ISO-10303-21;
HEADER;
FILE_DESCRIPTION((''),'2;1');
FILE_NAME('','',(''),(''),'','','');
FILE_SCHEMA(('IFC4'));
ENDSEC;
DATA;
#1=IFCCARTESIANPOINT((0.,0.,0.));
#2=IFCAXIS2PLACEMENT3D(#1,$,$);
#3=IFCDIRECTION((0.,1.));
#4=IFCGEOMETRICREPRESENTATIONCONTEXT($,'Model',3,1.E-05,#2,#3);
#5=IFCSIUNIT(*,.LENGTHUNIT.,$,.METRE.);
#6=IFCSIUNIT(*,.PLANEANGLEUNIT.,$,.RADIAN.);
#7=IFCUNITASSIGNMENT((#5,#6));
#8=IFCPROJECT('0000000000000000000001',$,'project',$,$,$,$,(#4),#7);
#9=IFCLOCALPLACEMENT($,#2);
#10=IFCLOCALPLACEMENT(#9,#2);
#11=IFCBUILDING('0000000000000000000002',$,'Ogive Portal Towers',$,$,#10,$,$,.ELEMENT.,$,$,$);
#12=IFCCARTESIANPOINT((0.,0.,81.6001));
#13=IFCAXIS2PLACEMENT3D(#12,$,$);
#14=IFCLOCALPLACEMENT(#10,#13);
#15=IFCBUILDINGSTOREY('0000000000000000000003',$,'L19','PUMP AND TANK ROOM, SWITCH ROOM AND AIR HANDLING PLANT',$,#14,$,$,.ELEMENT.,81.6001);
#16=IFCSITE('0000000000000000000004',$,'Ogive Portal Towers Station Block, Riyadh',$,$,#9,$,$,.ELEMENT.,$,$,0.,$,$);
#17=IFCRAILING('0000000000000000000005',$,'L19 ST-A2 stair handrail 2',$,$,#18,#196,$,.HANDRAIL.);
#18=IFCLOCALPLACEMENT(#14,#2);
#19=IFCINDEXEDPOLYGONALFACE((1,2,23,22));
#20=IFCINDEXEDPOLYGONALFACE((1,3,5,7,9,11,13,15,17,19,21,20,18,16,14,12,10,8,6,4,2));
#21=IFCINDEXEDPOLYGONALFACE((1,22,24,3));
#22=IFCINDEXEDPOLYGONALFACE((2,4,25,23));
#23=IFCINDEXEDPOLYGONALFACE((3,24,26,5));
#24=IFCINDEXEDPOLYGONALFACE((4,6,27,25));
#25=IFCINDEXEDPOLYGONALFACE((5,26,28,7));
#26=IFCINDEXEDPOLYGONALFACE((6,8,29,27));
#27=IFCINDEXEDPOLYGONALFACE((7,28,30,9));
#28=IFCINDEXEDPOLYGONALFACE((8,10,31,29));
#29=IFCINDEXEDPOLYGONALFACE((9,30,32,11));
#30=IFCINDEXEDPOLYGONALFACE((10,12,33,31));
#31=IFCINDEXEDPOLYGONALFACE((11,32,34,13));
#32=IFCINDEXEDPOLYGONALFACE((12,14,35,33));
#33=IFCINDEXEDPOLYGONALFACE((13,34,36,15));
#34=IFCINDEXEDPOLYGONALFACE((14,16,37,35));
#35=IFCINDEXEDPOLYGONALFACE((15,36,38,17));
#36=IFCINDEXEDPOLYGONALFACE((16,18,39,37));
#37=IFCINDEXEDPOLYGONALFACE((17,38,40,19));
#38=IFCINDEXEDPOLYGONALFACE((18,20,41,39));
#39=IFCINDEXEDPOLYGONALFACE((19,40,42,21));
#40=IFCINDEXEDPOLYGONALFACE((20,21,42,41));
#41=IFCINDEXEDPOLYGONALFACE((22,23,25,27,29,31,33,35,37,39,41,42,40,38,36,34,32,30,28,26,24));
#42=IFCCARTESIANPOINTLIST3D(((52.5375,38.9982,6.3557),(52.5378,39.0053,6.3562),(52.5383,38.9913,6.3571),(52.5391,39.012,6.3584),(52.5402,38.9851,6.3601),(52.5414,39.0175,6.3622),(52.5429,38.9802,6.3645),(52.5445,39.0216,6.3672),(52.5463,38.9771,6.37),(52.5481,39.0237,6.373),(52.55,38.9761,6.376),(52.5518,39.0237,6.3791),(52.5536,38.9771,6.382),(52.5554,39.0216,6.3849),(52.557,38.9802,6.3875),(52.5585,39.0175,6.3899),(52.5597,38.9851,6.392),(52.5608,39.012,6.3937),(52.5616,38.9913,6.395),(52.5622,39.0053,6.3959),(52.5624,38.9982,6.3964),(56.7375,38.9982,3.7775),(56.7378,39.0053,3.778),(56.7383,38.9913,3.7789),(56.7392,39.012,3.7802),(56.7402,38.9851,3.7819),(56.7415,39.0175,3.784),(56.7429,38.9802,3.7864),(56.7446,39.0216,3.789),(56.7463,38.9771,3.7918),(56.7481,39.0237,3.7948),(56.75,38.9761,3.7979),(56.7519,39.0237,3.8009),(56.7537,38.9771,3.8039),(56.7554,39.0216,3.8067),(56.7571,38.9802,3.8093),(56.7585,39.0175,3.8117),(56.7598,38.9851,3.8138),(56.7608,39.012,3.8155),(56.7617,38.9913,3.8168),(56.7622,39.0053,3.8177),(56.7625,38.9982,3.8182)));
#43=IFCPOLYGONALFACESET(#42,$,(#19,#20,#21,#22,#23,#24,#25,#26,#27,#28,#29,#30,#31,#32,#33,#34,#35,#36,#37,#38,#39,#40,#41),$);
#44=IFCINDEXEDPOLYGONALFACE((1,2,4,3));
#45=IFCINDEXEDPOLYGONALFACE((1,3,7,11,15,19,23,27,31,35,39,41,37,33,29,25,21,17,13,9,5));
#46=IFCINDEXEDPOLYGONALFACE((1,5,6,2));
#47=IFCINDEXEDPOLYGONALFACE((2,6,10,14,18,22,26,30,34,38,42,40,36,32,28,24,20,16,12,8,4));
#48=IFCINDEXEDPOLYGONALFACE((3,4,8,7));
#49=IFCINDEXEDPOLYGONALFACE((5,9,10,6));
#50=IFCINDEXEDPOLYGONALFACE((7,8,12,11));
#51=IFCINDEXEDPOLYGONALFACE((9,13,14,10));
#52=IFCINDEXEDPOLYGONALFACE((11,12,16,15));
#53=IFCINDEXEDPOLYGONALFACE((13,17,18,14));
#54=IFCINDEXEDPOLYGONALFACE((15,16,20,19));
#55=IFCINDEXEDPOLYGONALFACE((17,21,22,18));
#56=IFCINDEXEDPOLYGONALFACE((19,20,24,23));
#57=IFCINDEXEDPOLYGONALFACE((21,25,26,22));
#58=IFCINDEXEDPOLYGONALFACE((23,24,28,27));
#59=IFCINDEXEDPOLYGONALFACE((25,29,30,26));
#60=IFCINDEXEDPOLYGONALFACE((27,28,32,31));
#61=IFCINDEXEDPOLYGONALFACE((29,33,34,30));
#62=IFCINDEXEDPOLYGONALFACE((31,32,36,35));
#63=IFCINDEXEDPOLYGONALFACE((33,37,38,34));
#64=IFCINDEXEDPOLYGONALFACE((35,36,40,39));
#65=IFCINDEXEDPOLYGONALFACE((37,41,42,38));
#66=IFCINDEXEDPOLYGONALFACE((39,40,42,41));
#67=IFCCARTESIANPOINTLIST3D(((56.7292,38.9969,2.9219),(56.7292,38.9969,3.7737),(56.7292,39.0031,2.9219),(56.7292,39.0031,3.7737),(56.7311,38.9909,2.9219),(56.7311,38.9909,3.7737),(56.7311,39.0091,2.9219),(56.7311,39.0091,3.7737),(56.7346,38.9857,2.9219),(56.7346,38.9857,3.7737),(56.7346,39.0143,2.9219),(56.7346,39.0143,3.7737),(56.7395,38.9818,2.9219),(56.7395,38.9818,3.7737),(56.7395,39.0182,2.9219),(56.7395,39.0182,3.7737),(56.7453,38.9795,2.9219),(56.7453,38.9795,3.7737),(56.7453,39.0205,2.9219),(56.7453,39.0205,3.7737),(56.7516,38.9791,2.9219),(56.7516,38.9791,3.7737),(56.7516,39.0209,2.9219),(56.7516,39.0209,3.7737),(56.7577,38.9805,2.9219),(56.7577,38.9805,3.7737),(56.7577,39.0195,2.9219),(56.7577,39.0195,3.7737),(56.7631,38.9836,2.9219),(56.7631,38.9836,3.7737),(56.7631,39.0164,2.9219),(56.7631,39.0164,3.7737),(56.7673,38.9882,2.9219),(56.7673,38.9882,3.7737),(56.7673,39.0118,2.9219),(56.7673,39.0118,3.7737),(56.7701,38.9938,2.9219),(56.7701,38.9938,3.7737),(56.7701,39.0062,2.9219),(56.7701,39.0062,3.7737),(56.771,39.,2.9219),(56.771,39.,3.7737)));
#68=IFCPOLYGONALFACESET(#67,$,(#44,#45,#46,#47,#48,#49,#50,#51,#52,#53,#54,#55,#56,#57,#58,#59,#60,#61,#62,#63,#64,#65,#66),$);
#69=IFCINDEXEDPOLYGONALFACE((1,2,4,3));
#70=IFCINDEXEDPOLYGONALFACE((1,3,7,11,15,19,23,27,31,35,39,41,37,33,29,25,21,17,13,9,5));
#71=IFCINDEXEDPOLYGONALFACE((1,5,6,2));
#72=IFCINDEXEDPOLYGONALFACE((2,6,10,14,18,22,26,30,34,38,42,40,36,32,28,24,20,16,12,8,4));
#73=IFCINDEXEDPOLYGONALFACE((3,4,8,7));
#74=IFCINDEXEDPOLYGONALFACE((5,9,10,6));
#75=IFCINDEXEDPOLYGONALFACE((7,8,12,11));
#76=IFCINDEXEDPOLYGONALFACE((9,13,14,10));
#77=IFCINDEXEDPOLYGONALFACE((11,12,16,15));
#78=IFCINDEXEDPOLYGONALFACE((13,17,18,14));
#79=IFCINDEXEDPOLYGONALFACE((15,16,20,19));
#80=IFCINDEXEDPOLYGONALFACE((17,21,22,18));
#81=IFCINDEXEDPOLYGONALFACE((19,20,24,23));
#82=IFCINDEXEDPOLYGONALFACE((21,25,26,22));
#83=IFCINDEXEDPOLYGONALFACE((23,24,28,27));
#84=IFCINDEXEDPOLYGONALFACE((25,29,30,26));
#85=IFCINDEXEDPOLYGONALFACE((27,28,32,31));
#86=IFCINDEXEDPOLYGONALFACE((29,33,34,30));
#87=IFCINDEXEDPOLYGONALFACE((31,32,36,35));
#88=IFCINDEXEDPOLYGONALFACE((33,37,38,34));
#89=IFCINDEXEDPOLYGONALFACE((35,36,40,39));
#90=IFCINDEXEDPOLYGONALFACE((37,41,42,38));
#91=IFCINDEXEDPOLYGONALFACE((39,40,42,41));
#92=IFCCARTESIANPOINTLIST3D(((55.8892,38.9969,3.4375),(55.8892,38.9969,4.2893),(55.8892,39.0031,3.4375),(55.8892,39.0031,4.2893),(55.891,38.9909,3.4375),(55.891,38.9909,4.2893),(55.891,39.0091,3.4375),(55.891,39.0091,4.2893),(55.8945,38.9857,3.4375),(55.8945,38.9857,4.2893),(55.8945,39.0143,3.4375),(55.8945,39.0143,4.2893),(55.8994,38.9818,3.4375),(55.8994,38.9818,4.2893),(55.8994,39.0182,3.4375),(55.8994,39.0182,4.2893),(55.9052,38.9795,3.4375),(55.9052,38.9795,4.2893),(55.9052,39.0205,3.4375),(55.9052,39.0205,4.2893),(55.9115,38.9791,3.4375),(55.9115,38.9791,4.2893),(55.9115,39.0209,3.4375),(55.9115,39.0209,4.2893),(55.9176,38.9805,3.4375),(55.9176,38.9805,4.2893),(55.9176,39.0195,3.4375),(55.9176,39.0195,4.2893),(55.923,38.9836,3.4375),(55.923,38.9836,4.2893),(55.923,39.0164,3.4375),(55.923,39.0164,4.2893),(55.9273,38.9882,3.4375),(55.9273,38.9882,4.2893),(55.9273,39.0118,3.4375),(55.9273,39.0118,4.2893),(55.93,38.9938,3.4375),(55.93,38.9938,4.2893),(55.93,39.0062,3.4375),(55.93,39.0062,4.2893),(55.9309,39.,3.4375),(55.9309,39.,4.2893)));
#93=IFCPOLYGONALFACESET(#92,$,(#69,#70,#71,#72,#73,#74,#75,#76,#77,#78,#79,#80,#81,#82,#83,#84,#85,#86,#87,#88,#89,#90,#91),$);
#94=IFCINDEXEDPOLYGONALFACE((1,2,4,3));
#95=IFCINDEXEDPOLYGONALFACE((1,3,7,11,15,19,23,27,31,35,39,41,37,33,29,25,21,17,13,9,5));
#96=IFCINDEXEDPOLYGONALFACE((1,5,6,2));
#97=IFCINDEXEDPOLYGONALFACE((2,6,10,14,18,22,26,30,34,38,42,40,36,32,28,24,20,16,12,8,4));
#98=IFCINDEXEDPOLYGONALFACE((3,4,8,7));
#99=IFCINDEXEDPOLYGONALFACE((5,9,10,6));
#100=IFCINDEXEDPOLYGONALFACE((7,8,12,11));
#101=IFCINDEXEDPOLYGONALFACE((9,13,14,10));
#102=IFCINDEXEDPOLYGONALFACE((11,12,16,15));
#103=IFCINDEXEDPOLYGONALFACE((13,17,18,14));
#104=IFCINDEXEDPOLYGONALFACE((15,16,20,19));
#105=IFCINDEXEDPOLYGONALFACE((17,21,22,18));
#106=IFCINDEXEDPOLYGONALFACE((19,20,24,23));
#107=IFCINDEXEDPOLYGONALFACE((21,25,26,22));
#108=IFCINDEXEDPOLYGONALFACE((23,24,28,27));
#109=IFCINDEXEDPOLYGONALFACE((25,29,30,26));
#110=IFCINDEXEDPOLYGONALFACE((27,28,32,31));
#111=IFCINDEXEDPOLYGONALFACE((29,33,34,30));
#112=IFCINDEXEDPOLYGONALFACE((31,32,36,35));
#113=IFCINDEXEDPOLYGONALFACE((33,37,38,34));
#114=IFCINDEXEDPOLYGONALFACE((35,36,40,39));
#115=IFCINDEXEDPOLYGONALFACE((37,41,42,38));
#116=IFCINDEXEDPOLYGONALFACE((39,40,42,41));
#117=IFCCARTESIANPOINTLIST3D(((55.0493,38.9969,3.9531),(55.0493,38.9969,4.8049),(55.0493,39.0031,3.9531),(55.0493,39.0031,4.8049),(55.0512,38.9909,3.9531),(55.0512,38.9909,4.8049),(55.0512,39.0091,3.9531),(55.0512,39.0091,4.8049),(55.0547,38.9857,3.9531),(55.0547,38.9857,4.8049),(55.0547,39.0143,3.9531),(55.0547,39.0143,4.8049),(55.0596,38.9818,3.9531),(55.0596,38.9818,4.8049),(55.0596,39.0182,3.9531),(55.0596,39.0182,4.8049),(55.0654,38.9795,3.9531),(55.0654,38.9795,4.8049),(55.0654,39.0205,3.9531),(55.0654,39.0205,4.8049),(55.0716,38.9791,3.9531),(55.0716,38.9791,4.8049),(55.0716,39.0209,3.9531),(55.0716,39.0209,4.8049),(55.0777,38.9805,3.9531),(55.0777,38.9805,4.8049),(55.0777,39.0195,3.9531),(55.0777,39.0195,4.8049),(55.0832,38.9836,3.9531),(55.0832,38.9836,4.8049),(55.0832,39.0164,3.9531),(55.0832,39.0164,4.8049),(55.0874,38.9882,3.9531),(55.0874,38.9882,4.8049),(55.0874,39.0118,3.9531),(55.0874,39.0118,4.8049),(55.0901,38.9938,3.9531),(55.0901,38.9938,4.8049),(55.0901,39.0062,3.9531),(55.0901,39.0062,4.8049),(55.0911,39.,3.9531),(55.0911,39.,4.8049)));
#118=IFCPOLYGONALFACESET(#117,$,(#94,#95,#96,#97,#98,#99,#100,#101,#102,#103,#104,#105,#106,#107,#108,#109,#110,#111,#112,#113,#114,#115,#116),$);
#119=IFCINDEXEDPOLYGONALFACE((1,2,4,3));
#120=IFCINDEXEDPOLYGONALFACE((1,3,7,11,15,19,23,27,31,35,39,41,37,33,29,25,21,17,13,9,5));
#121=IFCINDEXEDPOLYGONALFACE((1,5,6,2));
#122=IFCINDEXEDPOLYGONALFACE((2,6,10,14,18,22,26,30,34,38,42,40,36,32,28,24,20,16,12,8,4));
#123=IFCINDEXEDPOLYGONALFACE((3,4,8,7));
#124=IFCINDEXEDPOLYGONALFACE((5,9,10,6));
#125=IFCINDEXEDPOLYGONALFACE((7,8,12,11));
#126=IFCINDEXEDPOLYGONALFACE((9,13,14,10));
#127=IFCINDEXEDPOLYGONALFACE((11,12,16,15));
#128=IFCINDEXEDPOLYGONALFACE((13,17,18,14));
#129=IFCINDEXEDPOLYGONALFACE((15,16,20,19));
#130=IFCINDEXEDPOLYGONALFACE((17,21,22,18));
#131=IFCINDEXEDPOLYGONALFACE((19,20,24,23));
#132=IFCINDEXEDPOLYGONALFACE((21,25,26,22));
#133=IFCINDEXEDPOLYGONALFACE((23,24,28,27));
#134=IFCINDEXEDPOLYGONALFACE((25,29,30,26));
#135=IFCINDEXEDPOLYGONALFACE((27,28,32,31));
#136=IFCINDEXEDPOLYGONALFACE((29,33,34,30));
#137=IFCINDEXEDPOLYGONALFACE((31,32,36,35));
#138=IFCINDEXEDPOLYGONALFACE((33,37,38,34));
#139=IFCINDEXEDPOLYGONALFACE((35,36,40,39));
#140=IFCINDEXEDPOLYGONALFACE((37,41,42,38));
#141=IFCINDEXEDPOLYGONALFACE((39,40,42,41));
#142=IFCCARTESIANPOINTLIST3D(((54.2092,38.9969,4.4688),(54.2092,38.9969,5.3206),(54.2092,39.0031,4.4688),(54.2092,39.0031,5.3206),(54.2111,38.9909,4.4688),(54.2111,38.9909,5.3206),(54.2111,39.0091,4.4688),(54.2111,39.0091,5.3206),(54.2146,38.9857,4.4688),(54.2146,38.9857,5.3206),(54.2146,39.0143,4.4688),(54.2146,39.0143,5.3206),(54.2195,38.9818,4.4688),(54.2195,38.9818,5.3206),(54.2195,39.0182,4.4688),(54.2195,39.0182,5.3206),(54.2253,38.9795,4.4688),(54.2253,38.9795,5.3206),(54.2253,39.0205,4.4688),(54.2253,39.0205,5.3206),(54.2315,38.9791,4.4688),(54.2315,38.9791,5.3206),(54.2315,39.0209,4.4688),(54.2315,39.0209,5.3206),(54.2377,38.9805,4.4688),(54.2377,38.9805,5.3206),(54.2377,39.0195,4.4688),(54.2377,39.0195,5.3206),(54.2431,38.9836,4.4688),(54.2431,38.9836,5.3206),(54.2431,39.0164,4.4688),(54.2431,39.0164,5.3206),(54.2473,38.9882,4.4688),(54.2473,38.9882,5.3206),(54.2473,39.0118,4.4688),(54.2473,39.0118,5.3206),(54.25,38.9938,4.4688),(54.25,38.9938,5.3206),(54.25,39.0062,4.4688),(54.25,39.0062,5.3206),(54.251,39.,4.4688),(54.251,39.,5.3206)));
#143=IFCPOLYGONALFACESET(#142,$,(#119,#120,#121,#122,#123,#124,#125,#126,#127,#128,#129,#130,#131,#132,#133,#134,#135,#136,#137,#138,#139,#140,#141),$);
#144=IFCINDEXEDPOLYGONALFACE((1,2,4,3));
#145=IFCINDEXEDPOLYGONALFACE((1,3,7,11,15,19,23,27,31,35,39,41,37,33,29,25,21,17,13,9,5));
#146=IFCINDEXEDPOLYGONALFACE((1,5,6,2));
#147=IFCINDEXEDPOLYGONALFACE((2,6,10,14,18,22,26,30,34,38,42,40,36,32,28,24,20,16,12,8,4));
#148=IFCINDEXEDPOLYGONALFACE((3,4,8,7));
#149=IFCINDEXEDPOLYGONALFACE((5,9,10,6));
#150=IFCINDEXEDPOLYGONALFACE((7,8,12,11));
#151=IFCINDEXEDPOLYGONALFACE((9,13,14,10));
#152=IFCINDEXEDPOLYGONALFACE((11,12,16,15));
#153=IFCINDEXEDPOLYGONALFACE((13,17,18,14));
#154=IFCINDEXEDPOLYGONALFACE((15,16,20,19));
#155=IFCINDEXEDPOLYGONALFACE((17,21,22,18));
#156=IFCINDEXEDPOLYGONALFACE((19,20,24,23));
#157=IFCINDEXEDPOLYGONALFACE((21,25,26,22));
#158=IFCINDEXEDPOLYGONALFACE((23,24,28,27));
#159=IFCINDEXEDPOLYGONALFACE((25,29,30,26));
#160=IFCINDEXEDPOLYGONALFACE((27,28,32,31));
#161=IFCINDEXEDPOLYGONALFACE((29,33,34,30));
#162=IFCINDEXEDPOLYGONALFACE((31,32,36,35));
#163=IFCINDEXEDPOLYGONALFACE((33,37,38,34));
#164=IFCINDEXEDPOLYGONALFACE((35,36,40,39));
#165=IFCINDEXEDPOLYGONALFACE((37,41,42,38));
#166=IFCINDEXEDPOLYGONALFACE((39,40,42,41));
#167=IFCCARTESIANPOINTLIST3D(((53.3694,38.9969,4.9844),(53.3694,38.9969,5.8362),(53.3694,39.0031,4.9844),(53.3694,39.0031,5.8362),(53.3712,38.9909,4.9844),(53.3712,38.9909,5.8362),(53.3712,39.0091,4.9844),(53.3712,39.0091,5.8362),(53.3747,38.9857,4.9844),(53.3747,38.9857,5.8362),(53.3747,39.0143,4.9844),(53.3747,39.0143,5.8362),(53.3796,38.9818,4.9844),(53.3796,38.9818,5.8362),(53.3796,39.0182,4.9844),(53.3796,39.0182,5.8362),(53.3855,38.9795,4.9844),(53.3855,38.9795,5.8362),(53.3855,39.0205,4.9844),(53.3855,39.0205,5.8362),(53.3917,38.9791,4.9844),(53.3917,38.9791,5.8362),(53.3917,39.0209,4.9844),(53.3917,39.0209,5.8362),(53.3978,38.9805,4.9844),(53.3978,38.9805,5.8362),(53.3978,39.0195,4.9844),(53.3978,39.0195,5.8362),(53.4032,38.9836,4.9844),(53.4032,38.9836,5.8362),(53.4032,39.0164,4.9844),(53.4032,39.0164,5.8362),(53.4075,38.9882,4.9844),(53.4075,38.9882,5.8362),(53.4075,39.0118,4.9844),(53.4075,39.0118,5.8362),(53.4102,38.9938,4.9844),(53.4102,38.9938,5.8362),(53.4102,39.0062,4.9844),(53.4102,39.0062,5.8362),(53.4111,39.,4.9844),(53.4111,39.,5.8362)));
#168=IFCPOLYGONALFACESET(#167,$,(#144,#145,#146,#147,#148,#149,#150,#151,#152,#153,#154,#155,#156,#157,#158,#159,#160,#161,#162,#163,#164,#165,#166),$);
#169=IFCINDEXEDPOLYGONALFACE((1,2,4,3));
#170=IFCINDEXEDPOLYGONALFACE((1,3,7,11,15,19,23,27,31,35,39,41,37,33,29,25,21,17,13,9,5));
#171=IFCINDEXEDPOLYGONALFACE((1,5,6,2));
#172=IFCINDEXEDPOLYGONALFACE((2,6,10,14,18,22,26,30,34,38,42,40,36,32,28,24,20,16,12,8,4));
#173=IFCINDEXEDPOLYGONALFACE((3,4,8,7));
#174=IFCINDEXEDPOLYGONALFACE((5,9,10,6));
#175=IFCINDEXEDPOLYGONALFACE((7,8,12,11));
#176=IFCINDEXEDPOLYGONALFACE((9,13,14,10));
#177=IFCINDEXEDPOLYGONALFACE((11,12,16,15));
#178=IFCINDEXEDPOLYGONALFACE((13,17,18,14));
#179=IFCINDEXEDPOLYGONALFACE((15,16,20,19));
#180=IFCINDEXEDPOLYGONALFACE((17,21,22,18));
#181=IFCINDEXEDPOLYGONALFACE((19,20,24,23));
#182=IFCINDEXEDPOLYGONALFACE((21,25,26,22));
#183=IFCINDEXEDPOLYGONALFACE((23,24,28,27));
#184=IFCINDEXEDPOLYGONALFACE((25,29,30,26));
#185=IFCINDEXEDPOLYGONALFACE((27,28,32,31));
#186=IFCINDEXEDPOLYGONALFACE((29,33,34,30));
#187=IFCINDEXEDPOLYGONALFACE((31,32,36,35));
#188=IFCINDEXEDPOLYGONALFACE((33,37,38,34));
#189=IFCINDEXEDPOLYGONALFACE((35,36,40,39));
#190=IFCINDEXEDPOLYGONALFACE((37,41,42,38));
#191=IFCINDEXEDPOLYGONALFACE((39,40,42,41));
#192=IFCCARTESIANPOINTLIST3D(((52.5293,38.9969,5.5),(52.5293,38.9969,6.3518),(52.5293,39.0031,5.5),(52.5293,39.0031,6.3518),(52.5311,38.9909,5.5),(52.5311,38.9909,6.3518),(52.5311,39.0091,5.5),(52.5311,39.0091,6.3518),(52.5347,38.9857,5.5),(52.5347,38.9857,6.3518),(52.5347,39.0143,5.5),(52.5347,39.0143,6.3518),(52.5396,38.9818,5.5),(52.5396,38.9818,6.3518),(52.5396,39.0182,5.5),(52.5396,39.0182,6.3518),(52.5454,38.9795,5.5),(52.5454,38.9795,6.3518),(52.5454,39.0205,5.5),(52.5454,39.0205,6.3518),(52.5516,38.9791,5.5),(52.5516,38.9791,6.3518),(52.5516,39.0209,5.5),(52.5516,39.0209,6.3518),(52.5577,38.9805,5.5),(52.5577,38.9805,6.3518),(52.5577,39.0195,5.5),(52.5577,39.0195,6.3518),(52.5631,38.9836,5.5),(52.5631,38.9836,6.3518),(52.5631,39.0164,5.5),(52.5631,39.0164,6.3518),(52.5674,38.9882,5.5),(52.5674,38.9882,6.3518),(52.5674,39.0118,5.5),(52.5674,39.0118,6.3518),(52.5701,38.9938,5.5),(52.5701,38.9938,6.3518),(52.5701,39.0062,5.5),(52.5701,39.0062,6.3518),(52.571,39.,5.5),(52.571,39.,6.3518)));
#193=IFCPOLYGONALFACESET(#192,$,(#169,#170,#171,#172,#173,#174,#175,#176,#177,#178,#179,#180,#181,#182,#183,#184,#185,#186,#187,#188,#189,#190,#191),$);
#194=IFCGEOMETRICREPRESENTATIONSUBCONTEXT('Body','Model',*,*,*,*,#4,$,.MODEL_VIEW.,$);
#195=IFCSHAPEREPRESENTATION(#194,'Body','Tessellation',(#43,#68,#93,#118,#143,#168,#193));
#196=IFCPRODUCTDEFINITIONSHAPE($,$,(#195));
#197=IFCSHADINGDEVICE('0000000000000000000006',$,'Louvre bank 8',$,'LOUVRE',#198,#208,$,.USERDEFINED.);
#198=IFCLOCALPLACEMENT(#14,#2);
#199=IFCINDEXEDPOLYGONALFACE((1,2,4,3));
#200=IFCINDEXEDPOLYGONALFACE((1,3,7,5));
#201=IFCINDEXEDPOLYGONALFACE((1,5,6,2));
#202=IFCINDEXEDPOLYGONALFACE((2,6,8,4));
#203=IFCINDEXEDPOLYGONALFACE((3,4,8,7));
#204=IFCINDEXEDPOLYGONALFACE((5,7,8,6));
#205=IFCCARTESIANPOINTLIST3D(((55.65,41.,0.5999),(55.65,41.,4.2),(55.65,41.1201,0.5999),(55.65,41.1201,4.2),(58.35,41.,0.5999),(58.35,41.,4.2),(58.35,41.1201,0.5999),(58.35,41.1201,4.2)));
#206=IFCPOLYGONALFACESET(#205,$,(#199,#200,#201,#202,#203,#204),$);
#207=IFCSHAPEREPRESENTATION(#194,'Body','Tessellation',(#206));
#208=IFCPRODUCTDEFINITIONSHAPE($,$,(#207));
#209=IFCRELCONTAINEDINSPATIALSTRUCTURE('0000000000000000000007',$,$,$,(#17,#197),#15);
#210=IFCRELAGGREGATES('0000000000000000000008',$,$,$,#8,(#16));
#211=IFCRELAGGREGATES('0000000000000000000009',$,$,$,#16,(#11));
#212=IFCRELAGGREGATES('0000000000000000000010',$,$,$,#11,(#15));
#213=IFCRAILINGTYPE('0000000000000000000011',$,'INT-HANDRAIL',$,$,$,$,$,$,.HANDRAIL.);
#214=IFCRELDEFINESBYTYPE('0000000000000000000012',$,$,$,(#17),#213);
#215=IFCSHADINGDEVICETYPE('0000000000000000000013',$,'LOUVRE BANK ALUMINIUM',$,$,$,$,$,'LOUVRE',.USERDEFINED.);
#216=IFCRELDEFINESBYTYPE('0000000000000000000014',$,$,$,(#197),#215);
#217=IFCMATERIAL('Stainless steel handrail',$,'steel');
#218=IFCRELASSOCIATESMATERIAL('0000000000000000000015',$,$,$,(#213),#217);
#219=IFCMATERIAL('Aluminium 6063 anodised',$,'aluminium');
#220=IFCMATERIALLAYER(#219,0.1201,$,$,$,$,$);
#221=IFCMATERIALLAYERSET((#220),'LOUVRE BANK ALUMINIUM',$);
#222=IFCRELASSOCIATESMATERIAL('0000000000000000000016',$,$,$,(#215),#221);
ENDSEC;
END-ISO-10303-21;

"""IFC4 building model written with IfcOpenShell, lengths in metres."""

from ifc_helpers import new_model, si_unit, direction, frame, origin, origin_2d, place, context, subcontext, project, spatial, rectangle, circle, extrude, material, layer, layer_set, type_object, element, save


model = new_model("IFC4")

# Units and contexts
model_context = context("Model", 3, precision=1e-05, world=origin(), true_north=direction((0.0, 1.0)))
body_context = subcontext(model_context, "Body", "Model", "MODEL_VIEW")
ifc_project = project(units=[si_unit("LENGTHUNIT", "METRE"), si_unit("PLANEANGLEUNIT", "RADIAN")], contexts=[model_context])

# Site, building, storey
site_placement = place(None, origin())
site = spatial("IfcSite", under=ifc_project, at=site_placement, Name="Ogive Portal Towers Station Block, Riyadh", CompositionType="ELEMENT", RefElevation=0.0)
building_placement = place(site_placement, origin())
building = spatial("IfcBuilding", under=site, at=building_placement, Name="Ogive Portal Towers", CompositionType="ELEMENT")
storey_placement = place(building_placement, frame((0.0, 0.0, 81.6001)))
storey = spatial("IfcBuildingStorey", under=building, at=storey_placement, Name="L19", Description="PUMP AND TANK ROOM, SWITCH ROOM AND AIR HANDLING PLANT", CompositionType="ELEMENT", Elevation=81.6001)

# Railing
ifc_material_1 = material(Name="Stainless steel handrail", Category="steel")
railing_type_1 = type_object("IfcRailingType", Name="INT-HANDRAIL", PredefinedType="HANDRAIL", material=ifc_material_1)
railing_1_placement = place(storey_placement, frame((56.75, 39.0, 2.9219)))
element("IfcRailing", 1, at=railing_1_placement, inside=storey, type_object=railing_type_1, Name="L19 ST-A2 stair handrail 2", PredefinedType="HANDRAIL", context=body_context, shape_type="SweptSolid", body=[
    extrude(circle(Radius=0.0239, at=origin_2d()), frame((0.0, 0.0, 0.876), z_axis=(-0.852243, 0.0, 0.523146), x_axis=(0.0, -1.0, 0.0)), (0.0, 0.0, 1.0), 4.9282),
    extrude(circle(Radius=0.021, at=origin_2d()), origin(), (0.0, 0.0, 1.0), 0.8518),
    extrude(circle(Radius=0.021, at=origin_2d()), frame((-0.8401, 0.0, 0.5156)), (0.0, 0.0, 1.0), 0.8518),
    extrude(circle(Radius=0.021, at=origin_2d()), frame((-1.6799, 0.0, 1.0312)), (0.0, 0.0, 1.0), 0.8518),
    extrude(circle(Radius=0.021, at=origin_2d()), frame((-2.52, 0.0, 1.5469)), (0.0, 0.0, 1.0), 0.8518),
    extrude(circle(Radius=0.021, at=origin_2d()), frame((-3.3599, 0.0, 2.0625)), (0.0, 0.0, 1.0), 0.8518),
    extrude(circle(Radius=0.021, at=origin_2d()), frame((-4.2, 0.0, 2.5781)), (0.0, 0.0, 1.0), 0.8518),
])

# Shading device
ifc_material_2 = material(Name="Aluminium 6063 anodised", Category="aluminium")
ifc_layer_1 = layer(ifc_material_2, 0.1201)
ifc_layer_set_1 = layer_set([ifc_layer_1], Name="LOUVRE BANK ALUMINIUM")
shading_device_type = type_object("IfcShadingDeviceType", Name="LOUVRE BANK ALUMINIUM", ElementType="LOUVRE", PredefinedType="USERDEFINED", material=ifc_layer_set_1)
shading_device_1_placement = place(storey_placement, frame((57.0, 41.0601, 0.5999), z_axis=(0.0, 0.0, 1.0), x_axis=(-1.0, 0.0, 0.0)))
element("IfcShadingDevice", 2, at=shading_device_1_placement, inside=storey, type_object=shading_device_type, Name="Louvre bank 8", ObjectType="LOUVRE", PredefinedType="USERDEFINED", context=body_context, shape_type="SweptSolid", body=[
    extrude(rectangle(XDim=2.7, YDim=0.1201, at=origin_2d()), origin(), (0.0, 0.0, 1.0), 3.6001),
])

save(model, "model.ifc")
